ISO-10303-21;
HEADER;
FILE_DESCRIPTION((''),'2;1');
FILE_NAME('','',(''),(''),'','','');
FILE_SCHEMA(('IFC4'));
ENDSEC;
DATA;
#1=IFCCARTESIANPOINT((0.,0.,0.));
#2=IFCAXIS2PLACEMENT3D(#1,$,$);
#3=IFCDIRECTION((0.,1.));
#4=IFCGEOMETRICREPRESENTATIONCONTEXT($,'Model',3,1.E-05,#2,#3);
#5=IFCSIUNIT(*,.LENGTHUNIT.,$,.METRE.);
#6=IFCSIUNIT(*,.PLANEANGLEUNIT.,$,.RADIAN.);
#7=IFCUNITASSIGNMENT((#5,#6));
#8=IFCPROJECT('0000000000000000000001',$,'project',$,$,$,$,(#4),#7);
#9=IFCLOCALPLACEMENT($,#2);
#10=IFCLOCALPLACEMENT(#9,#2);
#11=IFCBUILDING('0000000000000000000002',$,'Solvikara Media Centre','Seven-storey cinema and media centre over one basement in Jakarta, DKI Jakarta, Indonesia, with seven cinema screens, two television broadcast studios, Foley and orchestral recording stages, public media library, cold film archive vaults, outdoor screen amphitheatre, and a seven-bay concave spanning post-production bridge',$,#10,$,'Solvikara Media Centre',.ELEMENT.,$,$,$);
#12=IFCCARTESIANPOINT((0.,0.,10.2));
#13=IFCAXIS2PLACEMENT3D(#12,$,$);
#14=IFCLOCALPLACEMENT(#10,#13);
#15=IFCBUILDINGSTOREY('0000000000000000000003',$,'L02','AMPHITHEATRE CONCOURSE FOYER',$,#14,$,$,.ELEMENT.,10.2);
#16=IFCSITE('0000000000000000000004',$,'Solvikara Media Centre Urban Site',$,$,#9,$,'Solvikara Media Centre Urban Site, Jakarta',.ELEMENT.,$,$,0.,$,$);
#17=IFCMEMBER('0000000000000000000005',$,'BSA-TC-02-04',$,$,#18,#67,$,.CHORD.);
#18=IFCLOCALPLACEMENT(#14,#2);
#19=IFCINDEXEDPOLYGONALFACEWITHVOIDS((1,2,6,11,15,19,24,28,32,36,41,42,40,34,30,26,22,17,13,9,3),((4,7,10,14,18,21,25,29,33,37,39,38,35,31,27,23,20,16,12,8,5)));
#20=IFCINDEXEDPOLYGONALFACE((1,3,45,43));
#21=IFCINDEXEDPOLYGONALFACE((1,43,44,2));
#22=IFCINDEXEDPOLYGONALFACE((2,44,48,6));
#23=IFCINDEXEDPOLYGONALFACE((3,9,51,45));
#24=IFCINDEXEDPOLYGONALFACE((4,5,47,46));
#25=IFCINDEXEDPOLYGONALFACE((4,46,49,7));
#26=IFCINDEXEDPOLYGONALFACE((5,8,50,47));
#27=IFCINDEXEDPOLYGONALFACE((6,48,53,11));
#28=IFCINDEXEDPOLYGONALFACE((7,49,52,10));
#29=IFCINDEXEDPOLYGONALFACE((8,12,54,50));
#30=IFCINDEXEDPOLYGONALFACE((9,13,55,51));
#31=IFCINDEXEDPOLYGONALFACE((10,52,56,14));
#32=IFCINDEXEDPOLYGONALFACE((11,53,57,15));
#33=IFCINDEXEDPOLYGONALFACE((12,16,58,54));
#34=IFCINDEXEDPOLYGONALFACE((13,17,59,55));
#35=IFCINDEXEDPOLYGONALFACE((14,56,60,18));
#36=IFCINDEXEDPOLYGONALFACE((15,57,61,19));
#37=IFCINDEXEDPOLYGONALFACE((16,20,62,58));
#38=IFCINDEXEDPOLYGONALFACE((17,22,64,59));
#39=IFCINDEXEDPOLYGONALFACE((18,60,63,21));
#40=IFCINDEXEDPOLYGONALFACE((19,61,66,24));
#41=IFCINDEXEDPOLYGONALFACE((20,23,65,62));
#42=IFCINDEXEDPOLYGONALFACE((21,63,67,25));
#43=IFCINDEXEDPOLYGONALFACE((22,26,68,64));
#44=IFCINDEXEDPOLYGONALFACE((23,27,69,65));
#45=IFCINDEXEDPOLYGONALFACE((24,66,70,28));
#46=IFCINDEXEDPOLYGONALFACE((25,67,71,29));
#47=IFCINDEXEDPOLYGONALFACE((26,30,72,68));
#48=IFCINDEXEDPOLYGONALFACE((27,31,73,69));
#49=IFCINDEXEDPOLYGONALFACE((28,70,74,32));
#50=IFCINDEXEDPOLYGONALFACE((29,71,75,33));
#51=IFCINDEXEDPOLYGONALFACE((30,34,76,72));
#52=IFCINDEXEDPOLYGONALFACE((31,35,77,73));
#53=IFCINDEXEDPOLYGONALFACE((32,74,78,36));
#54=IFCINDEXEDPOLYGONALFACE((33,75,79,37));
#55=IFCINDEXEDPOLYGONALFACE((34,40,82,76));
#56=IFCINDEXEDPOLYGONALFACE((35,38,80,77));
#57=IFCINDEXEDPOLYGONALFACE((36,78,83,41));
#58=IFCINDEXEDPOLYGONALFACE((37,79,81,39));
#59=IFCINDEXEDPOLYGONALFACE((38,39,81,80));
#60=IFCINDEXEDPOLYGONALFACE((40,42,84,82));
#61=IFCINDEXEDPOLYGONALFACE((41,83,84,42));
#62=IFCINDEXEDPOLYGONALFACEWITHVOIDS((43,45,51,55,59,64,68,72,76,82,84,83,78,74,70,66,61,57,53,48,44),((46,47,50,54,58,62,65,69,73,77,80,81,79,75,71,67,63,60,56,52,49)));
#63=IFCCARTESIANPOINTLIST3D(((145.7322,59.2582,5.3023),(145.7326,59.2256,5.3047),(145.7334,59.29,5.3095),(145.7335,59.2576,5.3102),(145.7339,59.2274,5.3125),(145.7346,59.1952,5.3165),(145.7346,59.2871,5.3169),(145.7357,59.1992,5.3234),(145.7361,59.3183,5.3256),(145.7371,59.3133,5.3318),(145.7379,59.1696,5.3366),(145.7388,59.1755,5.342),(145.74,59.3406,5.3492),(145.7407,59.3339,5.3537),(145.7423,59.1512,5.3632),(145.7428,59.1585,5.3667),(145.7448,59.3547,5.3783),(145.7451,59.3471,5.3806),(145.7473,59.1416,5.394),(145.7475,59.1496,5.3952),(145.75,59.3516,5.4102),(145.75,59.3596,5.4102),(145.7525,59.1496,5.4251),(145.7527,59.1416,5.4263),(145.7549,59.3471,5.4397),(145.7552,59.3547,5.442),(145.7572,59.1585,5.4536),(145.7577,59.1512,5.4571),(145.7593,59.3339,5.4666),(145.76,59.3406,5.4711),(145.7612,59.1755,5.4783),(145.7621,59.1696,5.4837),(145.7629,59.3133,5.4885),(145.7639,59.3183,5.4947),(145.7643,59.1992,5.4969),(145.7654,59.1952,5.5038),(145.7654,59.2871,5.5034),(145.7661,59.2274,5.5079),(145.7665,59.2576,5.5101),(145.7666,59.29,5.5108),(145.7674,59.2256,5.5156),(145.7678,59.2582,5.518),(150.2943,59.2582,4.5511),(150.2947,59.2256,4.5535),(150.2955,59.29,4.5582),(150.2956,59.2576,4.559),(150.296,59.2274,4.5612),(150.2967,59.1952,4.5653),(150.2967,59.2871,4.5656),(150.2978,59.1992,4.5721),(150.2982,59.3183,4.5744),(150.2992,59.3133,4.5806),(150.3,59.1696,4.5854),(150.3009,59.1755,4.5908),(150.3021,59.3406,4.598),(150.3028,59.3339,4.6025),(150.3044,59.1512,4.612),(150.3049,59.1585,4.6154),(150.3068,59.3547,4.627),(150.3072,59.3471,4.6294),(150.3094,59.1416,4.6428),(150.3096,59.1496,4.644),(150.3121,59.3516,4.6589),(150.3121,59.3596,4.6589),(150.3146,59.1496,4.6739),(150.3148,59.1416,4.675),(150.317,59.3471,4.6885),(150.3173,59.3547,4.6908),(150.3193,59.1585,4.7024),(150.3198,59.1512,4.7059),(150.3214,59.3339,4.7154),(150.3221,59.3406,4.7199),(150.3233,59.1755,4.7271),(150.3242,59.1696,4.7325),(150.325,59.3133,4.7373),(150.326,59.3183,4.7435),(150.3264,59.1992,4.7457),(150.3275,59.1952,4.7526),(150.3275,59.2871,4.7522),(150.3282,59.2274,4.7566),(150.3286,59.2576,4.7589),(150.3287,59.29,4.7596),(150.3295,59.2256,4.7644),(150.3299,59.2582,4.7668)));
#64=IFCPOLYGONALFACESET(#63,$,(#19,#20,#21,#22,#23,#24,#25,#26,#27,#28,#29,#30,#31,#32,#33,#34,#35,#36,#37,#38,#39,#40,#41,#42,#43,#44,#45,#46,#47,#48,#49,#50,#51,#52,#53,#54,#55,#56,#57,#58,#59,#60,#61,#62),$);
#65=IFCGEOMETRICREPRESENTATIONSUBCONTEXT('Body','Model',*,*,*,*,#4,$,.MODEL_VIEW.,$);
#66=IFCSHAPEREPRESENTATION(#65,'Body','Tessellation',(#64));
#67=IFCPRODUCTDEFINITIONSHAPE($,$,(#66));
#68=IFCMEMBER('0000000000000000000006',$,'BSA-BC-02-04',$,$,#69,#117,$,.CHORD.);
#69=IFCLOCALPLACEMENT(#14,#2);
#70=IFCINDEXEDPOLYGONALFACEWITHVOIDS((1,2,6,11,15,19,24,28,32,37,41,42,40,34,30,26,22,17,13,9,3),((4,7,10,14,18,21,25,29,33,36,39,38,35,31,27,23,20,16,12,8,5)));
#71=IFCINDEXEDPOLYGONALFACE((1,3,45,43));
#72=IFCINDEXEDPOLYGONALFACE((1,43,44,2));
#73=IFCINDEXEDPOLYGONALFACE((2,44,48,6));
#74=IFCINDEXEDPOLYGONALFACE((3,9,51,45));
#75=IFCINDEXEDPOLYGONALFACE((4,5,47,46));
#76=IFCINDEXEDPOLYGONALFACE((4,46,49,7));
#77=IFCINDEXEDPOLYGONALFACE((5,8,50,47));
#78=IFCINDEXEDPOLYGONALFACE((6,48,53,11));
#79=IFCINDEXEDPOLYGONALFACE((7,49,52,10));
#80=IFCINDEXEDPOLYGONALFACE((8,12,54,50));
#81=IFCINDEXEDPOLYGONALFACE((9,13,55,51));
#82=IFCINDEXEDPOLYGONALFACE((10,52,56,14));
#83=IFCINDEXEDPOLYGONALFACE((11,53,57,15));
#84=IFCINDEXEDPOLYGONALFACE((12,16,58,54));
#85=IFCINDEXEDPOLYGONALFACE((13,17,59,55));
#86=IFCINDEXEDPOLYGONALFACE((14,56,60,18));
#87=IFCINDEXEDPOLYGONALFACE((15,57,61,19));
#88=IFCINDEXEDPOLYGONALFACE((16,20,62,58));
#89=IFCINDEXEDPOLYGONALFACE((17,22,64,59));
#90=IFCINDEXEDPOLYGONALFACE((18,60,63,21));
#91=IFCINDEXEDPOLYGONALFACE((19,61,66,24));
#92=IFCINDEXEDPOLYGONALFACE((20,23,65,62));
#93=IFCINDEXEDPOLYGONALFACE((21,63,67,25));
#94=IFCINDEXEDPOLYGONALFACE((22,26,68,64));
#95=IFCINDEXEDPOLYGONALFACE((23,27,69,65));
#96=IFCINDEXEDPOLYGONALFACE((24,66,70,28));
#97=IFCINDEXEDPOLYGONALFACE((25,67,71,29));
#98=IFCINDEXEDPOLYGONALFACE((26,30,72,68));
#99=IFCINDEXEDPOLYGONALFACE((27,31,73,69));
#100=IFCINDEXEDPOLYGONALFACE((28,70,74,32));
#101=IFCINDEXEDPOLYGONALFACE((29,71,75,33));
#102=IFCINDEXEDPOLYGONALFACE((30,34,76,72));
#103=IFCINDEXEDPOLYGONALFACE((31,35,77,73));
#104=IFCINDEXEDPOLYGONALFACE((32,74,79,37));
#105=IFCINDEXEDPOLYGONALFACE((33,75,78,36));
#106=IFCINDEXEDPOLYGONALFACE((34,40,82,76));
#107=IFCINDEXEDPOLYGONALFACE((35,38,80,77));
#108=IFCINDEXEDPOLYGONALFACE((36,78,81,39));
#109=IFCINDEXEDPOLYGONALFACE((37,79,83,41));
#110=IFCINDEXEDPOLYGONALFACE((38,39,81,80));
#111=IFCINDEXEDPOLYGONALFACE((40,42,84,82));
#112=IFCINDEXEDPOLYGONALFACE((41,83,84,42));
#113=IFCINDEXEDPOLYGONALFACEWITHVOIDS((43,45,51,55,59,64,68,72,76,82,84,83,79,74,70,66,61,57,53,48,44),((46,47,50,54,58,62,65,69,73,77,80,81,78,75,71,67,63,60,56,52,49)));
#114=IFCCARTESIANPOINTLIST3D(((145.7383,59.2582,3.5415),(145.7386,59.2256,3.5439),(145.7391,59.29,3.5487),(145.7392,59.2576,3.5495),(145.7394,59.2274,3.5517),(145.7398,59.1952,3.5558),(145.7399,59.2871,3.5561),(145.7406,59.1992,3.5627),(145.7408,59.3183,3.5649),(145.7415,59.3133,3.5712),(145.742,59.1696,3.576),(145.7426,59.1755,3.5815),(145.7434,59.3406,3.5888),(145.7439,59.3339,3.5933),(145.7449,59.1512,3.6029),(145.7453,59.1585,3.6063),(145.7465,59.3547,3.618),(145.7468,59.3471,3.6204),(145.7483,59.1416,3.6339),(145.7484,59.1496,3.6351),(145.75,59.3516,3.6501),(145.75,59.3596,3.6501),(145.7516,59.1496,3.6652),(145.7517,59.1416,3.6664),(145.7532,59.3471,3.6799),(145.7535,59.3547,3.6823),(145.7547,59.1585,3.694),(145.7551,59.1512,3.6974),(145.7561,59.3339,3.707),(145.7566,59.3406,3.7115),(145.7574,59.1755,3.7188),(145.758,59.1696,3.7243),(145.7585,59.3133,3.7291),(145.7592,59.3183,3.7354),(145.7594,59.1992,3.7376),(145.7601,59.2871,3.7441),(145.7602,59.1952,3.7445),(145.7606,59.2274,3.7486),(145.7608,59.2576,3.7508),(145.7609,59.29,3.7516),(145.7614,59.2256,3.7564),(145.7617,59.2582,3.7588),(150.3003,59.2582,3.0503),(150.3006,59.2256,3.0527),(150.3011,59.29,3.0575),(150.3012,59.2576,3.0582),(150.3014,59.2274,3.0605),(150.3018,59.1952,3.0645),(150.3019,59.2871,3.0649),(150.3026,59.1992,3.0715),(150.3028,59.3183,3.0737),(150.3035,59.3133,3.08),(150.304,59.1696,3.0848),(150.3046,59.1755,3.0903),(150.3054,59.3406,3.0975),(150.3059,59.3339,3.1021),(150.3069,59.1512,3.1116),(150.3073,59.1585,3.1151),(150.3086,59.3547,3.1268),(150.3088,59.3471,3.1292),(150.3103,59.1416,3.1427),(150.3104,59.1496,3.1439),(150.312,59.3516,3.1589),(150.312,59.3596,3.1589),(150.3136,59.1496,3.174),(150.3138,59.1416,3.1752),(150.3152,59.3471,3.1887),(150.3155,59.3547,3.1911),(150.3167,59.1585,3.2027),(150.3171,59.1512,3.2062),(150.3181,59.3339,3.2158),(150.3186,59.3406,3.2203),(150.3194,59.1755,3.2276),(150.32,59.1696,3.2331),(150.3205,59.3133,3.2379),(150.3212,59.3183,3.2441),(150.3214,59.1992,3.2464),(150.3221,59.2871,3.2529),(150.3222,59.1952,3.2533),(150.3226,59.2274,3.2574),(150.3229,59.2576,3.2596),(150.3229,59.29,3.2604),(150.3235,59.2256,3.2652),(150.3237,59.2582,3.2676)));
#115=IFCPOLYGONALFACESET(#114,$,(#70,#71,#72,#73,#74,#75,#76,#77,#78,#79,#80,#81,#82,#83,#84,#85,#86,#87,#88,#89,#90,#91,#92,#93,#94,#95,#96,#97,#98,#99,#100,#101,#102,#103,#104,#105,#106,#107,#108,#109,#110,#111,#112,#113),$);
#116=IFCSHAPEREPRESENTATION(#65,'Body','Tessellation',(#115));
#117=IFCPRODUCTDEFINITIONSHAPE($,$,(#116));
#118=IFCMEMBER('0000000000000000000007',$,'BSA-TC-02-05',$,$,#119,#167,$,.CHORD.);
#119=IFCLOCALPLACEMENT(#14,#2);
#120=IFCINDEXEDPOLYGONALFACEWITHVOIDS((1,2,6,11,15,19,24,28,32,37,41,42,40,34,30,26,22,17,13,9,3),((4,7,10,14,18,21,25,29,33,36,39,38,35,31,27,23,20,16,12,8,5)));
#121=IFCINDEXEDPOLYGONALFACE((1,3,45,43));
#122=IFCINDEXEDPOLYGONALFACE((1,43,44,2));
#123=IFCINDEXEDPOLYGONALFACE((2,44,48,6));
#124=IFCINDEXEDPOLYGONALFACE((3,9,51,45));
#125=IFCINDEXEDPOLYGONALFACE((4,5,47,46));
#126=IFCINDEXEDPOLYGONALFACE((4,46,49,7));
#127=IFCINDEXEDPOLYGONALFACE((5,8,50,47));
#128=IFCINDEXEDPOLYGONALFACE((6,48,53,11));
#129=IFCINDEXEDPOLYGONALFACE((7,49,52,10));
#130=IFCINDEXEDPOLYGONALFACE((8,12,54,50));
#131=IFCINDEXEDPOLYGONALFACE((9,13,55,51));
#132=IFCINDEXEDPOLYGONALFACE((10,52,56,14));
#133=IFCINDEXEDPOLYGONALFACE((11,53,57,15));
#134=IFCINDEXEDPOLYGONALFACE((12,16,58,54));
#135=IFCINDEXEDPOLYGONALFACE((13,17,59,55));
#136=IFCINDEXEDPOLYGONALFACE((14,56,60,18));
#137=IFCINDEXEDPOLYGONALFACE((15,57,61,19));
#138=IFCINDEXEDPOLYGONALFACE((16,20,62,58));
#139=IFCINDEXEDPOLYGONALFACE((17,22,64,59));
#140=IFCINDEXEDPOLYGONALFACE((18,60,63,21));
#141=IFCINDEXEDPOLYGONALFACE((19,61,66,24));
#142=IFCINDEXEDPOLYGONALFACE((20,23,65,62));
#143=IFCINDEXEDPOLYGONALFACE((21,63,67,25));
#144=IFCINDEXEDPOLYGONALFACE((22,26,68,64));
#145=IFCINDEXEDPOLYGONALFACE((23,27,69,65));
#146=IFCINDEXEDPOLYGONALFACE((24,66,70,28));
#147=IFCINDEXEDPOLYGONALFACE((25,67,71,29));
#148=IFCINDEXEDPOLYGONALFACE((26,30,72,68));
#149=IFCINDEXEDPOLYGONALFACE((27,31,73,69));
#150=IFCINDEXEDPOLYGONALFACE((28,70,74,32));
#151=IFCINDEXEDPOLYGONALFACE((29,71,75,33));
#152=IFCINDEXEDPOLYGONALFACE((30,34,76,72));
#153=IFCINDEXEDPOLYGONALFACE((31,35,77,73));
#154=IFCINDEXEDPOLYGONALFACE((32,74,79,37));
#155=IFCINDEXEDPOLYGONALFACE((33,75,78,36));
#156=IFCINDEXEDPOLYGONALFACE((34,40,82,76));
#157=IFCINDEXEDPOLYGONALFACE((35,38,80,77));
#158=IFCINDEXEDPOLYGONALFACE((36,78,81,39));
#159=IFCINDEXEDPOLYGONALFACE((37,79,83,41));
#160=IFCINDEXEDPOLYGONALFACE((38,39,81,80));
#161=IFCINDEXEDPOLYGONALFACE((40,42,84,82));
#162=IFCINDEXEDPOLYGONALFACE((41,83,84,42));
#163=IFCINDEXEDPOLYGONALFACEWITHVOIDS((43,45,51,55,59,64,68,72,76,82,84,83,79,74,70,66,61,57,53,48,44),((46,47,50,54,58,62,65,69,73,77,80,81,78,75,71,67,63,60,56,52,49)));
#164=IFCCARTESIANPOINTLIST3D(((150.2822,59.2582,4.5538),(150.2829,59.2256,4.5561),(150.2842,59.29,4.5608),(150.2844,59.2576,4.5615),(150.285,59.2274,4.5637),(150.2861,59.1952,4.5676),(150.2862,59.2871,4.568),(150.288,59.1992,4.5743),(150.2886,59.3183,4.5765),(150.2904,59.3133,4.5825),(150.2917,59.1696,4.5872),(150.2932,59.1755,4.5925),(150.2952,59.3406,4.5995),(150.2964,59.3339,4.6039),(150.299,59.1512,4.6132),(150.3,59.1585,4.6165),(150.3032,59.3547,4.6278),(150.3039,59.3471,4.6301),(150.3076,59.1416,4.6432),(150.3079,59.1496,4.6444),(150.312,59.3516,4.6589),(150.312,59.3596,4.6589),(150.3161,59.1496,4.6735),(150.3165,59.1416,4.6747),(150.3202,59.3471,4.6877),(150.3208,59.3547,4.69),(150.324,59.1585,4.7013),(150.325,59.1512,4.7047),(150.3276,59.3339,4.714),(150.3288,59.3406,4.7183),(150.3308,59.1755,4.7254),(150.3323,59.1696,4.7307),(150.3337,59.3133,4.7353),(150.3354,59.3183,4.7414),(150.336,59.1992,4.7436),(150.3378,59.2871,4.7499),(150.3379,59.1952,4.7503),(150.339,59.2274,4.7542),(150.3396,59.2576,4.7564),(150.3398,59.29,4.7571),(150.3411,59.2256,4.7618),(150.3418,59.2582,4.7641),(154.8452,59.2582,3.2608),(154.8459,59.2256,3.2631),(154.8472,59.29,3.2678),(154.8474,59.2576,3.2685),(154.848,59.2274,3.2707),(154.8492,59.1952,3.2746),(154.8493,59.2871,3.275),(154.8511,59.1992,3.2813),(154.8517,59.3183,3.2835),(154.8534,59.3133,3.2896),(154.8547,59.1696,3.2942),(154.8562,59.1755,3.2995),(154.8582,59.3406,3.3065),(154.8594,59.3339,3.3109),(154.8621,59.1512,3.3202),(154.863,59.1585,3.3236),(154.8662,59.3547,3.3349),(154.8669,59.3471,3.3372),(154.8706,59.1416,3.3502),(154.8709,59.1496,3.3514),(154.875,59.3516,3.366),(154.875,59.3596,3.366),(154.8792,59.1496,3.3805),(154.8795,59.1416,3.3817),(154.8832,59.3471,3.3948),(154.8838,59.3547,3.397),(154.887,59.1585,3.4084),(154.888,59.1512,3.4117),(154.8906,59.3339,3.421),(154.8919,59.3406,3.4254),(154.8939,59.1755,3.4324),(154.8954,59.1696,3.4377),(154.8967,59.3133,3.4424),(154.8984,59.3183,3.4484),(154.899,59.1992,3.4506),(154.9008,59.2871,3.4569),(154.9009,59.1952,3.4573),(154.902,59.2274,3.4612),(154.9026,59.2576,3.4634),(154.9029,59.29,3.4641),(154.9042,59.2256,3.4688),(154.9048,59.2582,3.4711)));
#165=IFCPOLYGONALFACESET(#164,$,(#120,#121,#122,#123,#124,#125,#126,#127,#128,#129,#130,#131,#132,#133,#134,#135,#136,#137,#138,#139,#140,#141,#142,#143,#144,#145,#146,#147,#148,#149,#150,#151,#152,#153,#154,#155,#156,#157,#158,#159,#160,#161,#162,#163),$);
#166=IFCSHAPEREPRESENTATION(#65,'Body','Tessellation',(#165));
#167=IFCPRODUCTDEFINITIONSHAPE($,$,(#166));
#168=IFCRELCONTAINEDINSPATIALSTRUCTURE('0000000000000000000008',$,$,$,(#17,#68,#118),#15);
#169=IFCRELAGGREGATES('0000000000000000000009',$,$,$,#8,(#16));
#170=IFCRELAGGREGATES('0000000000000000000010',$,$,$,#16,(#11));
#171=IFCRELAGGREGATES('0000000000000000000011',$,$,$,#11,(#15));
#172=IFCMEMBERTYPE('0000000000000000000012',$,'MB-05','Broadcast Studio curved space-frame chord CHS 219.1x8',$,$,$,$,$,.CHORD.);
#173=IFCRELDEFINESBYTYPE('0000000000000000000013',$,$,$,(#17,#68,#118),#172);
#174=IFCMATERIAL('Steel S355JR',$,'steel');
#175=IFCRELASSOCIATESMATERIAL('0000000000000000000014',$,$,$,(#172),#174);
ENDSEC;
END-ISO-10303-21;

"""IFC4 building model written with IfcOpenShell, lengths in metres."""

from ifc_helpers import new_model, si_unit, direction, frame, origin, origin_2d, place, context, subcontext, project, spatial, hollow_circle, extrude, material, material_profile, profile_set, type_object, element, save


model = new_model("IFC4")

# Units and contexts
model_context = context("Model", 3, precision=1e-05, world=origin(), true_north=direction((0.0, 1.0)))
body_context = subcontext(model_context, "Body", "Model", "MODEL_VIEW")
ifc_project = project(units=[si_unit("LENGTHUNIT", "METRE"), si_unit("PLANEANGLEUNIT", "RADIAN")], contexts=[model_context])

# Site, building, storey
site_placement = place(None, origin())
site = spatial("IfcSite", under=ifc_project, at=site_placement, Name="Solvikara Media Centre Urban Site", LongName="Solvikara Media Centre Urban Site, Jakarta", CompositionType="ELEMENT", RefElevation=0.0)
building_placement = place(site_placement, origin())
building = spatial("IfcBuilding", under=site, at=building_placement, Name="Solvikara Media Centre", Description="Seven-storey cinema and media centre over one basement in Jakarta, DKI Jakarta, Indonesia, with seven cinema screens, two television broadcast studios, Foley and orchestral recording stages, public media library, cold film archive vaults, outdoor screen amphitheatre, and a seven-bay concave spanning post-production bridge", LongName="Solvikara Media Centre", CompositionType="ELEMENT")
storey_placement = place(building_placement, frame((0.0, 0.0, 10.2)))
storey = spatial("IfcBuildingStorey", under=building, at=storey_placement, Name="L02", Description="AMPHITHEATRE CONCOURSE FOYER", CompositionType="ELEMENT", Elevation=10.2)

# Members
ifc_material_1 = material(Name="Steel S355JR", Category="steel")
ifc_material_profile_1 = material_profile(ifc_material_1, hollow_circle(Radius=0.1096, WallThickness=0.0081, at=origin_2d()), Name="CHS 219.1x8")
ifc_profile_set_1 = profile_set([ifc_material_profile_1], Name="Steel S355JR")
member_type_1 = type_object("IfcMemberType", Name="MB-05", Description="Broadcast Studio curved space-frame chord CHS 219.1x8", PredefinedType="CHORD", material=ifc_profile_set_1)
member_1_placement = place(storey_placement, frame((145.75, 59.25, 5.4102), z_axis=(0.986712, 0.0, -0.162481), x_axis=(0.0, 1.0, 0.0)))
element("IfcMember", 1, at=member_1_placement, inside=storey, type_object=member_type_1, Name="BSA-TC-02-04", PredefinedType="CHORD", context=body_context, shape_type="SweptSolid", body=[
    extrude(hollow_circle(Radius=0.1096, WallThickness=0.0081, at=origin_2d()), origin(), (0.0, 0.0, 1.0), 4.6235),
])
member_2_placement = place(storey_placement, frame((145.75, 59.25, 3.6501), z_axis=(0.994253, 0.0, -0.107055), x_axis=(0.0, 1.0, 0.0)))
element("IfcMember", 2, at=member_2_placement, inside=storey, type_object=member_type_1, Name="BSA-BC-02-04", PredefinedType="CHORD", context=body_context, shape_type="SweptSolid", body=[
    extrude(hollow_circle(Radius=0.1096, WallThickness=0.0081, at=origin_2d()), origin(), (0.0, 0.0, 1.0), 4.5884),
])
for number, where, z_axis, x_axis, name in (
    (3, (150.312, 59.25, 4.6589), (0.96212, 0.0, -0.272626), (0.0, 1.0, 0.0), "BSA-TC-02-05"),
):
    element("IfcMember", number, at=place(storey_placement, frame(where, z_axis=z_axis, x_axis=x_axis)), inside=storey, type_object=member_type_1, Name=name, PredefinedType="CHORD", context=body_context, shape_type="SweptSolid", body=[
        extrude(hollow_circle(Radius=0.1096, WallThickness=0.0081, at=origin_2d()), origin(), (0.0, 0.0, 1.0), 4.7427),
    ])

save(model, "model.ifc")
